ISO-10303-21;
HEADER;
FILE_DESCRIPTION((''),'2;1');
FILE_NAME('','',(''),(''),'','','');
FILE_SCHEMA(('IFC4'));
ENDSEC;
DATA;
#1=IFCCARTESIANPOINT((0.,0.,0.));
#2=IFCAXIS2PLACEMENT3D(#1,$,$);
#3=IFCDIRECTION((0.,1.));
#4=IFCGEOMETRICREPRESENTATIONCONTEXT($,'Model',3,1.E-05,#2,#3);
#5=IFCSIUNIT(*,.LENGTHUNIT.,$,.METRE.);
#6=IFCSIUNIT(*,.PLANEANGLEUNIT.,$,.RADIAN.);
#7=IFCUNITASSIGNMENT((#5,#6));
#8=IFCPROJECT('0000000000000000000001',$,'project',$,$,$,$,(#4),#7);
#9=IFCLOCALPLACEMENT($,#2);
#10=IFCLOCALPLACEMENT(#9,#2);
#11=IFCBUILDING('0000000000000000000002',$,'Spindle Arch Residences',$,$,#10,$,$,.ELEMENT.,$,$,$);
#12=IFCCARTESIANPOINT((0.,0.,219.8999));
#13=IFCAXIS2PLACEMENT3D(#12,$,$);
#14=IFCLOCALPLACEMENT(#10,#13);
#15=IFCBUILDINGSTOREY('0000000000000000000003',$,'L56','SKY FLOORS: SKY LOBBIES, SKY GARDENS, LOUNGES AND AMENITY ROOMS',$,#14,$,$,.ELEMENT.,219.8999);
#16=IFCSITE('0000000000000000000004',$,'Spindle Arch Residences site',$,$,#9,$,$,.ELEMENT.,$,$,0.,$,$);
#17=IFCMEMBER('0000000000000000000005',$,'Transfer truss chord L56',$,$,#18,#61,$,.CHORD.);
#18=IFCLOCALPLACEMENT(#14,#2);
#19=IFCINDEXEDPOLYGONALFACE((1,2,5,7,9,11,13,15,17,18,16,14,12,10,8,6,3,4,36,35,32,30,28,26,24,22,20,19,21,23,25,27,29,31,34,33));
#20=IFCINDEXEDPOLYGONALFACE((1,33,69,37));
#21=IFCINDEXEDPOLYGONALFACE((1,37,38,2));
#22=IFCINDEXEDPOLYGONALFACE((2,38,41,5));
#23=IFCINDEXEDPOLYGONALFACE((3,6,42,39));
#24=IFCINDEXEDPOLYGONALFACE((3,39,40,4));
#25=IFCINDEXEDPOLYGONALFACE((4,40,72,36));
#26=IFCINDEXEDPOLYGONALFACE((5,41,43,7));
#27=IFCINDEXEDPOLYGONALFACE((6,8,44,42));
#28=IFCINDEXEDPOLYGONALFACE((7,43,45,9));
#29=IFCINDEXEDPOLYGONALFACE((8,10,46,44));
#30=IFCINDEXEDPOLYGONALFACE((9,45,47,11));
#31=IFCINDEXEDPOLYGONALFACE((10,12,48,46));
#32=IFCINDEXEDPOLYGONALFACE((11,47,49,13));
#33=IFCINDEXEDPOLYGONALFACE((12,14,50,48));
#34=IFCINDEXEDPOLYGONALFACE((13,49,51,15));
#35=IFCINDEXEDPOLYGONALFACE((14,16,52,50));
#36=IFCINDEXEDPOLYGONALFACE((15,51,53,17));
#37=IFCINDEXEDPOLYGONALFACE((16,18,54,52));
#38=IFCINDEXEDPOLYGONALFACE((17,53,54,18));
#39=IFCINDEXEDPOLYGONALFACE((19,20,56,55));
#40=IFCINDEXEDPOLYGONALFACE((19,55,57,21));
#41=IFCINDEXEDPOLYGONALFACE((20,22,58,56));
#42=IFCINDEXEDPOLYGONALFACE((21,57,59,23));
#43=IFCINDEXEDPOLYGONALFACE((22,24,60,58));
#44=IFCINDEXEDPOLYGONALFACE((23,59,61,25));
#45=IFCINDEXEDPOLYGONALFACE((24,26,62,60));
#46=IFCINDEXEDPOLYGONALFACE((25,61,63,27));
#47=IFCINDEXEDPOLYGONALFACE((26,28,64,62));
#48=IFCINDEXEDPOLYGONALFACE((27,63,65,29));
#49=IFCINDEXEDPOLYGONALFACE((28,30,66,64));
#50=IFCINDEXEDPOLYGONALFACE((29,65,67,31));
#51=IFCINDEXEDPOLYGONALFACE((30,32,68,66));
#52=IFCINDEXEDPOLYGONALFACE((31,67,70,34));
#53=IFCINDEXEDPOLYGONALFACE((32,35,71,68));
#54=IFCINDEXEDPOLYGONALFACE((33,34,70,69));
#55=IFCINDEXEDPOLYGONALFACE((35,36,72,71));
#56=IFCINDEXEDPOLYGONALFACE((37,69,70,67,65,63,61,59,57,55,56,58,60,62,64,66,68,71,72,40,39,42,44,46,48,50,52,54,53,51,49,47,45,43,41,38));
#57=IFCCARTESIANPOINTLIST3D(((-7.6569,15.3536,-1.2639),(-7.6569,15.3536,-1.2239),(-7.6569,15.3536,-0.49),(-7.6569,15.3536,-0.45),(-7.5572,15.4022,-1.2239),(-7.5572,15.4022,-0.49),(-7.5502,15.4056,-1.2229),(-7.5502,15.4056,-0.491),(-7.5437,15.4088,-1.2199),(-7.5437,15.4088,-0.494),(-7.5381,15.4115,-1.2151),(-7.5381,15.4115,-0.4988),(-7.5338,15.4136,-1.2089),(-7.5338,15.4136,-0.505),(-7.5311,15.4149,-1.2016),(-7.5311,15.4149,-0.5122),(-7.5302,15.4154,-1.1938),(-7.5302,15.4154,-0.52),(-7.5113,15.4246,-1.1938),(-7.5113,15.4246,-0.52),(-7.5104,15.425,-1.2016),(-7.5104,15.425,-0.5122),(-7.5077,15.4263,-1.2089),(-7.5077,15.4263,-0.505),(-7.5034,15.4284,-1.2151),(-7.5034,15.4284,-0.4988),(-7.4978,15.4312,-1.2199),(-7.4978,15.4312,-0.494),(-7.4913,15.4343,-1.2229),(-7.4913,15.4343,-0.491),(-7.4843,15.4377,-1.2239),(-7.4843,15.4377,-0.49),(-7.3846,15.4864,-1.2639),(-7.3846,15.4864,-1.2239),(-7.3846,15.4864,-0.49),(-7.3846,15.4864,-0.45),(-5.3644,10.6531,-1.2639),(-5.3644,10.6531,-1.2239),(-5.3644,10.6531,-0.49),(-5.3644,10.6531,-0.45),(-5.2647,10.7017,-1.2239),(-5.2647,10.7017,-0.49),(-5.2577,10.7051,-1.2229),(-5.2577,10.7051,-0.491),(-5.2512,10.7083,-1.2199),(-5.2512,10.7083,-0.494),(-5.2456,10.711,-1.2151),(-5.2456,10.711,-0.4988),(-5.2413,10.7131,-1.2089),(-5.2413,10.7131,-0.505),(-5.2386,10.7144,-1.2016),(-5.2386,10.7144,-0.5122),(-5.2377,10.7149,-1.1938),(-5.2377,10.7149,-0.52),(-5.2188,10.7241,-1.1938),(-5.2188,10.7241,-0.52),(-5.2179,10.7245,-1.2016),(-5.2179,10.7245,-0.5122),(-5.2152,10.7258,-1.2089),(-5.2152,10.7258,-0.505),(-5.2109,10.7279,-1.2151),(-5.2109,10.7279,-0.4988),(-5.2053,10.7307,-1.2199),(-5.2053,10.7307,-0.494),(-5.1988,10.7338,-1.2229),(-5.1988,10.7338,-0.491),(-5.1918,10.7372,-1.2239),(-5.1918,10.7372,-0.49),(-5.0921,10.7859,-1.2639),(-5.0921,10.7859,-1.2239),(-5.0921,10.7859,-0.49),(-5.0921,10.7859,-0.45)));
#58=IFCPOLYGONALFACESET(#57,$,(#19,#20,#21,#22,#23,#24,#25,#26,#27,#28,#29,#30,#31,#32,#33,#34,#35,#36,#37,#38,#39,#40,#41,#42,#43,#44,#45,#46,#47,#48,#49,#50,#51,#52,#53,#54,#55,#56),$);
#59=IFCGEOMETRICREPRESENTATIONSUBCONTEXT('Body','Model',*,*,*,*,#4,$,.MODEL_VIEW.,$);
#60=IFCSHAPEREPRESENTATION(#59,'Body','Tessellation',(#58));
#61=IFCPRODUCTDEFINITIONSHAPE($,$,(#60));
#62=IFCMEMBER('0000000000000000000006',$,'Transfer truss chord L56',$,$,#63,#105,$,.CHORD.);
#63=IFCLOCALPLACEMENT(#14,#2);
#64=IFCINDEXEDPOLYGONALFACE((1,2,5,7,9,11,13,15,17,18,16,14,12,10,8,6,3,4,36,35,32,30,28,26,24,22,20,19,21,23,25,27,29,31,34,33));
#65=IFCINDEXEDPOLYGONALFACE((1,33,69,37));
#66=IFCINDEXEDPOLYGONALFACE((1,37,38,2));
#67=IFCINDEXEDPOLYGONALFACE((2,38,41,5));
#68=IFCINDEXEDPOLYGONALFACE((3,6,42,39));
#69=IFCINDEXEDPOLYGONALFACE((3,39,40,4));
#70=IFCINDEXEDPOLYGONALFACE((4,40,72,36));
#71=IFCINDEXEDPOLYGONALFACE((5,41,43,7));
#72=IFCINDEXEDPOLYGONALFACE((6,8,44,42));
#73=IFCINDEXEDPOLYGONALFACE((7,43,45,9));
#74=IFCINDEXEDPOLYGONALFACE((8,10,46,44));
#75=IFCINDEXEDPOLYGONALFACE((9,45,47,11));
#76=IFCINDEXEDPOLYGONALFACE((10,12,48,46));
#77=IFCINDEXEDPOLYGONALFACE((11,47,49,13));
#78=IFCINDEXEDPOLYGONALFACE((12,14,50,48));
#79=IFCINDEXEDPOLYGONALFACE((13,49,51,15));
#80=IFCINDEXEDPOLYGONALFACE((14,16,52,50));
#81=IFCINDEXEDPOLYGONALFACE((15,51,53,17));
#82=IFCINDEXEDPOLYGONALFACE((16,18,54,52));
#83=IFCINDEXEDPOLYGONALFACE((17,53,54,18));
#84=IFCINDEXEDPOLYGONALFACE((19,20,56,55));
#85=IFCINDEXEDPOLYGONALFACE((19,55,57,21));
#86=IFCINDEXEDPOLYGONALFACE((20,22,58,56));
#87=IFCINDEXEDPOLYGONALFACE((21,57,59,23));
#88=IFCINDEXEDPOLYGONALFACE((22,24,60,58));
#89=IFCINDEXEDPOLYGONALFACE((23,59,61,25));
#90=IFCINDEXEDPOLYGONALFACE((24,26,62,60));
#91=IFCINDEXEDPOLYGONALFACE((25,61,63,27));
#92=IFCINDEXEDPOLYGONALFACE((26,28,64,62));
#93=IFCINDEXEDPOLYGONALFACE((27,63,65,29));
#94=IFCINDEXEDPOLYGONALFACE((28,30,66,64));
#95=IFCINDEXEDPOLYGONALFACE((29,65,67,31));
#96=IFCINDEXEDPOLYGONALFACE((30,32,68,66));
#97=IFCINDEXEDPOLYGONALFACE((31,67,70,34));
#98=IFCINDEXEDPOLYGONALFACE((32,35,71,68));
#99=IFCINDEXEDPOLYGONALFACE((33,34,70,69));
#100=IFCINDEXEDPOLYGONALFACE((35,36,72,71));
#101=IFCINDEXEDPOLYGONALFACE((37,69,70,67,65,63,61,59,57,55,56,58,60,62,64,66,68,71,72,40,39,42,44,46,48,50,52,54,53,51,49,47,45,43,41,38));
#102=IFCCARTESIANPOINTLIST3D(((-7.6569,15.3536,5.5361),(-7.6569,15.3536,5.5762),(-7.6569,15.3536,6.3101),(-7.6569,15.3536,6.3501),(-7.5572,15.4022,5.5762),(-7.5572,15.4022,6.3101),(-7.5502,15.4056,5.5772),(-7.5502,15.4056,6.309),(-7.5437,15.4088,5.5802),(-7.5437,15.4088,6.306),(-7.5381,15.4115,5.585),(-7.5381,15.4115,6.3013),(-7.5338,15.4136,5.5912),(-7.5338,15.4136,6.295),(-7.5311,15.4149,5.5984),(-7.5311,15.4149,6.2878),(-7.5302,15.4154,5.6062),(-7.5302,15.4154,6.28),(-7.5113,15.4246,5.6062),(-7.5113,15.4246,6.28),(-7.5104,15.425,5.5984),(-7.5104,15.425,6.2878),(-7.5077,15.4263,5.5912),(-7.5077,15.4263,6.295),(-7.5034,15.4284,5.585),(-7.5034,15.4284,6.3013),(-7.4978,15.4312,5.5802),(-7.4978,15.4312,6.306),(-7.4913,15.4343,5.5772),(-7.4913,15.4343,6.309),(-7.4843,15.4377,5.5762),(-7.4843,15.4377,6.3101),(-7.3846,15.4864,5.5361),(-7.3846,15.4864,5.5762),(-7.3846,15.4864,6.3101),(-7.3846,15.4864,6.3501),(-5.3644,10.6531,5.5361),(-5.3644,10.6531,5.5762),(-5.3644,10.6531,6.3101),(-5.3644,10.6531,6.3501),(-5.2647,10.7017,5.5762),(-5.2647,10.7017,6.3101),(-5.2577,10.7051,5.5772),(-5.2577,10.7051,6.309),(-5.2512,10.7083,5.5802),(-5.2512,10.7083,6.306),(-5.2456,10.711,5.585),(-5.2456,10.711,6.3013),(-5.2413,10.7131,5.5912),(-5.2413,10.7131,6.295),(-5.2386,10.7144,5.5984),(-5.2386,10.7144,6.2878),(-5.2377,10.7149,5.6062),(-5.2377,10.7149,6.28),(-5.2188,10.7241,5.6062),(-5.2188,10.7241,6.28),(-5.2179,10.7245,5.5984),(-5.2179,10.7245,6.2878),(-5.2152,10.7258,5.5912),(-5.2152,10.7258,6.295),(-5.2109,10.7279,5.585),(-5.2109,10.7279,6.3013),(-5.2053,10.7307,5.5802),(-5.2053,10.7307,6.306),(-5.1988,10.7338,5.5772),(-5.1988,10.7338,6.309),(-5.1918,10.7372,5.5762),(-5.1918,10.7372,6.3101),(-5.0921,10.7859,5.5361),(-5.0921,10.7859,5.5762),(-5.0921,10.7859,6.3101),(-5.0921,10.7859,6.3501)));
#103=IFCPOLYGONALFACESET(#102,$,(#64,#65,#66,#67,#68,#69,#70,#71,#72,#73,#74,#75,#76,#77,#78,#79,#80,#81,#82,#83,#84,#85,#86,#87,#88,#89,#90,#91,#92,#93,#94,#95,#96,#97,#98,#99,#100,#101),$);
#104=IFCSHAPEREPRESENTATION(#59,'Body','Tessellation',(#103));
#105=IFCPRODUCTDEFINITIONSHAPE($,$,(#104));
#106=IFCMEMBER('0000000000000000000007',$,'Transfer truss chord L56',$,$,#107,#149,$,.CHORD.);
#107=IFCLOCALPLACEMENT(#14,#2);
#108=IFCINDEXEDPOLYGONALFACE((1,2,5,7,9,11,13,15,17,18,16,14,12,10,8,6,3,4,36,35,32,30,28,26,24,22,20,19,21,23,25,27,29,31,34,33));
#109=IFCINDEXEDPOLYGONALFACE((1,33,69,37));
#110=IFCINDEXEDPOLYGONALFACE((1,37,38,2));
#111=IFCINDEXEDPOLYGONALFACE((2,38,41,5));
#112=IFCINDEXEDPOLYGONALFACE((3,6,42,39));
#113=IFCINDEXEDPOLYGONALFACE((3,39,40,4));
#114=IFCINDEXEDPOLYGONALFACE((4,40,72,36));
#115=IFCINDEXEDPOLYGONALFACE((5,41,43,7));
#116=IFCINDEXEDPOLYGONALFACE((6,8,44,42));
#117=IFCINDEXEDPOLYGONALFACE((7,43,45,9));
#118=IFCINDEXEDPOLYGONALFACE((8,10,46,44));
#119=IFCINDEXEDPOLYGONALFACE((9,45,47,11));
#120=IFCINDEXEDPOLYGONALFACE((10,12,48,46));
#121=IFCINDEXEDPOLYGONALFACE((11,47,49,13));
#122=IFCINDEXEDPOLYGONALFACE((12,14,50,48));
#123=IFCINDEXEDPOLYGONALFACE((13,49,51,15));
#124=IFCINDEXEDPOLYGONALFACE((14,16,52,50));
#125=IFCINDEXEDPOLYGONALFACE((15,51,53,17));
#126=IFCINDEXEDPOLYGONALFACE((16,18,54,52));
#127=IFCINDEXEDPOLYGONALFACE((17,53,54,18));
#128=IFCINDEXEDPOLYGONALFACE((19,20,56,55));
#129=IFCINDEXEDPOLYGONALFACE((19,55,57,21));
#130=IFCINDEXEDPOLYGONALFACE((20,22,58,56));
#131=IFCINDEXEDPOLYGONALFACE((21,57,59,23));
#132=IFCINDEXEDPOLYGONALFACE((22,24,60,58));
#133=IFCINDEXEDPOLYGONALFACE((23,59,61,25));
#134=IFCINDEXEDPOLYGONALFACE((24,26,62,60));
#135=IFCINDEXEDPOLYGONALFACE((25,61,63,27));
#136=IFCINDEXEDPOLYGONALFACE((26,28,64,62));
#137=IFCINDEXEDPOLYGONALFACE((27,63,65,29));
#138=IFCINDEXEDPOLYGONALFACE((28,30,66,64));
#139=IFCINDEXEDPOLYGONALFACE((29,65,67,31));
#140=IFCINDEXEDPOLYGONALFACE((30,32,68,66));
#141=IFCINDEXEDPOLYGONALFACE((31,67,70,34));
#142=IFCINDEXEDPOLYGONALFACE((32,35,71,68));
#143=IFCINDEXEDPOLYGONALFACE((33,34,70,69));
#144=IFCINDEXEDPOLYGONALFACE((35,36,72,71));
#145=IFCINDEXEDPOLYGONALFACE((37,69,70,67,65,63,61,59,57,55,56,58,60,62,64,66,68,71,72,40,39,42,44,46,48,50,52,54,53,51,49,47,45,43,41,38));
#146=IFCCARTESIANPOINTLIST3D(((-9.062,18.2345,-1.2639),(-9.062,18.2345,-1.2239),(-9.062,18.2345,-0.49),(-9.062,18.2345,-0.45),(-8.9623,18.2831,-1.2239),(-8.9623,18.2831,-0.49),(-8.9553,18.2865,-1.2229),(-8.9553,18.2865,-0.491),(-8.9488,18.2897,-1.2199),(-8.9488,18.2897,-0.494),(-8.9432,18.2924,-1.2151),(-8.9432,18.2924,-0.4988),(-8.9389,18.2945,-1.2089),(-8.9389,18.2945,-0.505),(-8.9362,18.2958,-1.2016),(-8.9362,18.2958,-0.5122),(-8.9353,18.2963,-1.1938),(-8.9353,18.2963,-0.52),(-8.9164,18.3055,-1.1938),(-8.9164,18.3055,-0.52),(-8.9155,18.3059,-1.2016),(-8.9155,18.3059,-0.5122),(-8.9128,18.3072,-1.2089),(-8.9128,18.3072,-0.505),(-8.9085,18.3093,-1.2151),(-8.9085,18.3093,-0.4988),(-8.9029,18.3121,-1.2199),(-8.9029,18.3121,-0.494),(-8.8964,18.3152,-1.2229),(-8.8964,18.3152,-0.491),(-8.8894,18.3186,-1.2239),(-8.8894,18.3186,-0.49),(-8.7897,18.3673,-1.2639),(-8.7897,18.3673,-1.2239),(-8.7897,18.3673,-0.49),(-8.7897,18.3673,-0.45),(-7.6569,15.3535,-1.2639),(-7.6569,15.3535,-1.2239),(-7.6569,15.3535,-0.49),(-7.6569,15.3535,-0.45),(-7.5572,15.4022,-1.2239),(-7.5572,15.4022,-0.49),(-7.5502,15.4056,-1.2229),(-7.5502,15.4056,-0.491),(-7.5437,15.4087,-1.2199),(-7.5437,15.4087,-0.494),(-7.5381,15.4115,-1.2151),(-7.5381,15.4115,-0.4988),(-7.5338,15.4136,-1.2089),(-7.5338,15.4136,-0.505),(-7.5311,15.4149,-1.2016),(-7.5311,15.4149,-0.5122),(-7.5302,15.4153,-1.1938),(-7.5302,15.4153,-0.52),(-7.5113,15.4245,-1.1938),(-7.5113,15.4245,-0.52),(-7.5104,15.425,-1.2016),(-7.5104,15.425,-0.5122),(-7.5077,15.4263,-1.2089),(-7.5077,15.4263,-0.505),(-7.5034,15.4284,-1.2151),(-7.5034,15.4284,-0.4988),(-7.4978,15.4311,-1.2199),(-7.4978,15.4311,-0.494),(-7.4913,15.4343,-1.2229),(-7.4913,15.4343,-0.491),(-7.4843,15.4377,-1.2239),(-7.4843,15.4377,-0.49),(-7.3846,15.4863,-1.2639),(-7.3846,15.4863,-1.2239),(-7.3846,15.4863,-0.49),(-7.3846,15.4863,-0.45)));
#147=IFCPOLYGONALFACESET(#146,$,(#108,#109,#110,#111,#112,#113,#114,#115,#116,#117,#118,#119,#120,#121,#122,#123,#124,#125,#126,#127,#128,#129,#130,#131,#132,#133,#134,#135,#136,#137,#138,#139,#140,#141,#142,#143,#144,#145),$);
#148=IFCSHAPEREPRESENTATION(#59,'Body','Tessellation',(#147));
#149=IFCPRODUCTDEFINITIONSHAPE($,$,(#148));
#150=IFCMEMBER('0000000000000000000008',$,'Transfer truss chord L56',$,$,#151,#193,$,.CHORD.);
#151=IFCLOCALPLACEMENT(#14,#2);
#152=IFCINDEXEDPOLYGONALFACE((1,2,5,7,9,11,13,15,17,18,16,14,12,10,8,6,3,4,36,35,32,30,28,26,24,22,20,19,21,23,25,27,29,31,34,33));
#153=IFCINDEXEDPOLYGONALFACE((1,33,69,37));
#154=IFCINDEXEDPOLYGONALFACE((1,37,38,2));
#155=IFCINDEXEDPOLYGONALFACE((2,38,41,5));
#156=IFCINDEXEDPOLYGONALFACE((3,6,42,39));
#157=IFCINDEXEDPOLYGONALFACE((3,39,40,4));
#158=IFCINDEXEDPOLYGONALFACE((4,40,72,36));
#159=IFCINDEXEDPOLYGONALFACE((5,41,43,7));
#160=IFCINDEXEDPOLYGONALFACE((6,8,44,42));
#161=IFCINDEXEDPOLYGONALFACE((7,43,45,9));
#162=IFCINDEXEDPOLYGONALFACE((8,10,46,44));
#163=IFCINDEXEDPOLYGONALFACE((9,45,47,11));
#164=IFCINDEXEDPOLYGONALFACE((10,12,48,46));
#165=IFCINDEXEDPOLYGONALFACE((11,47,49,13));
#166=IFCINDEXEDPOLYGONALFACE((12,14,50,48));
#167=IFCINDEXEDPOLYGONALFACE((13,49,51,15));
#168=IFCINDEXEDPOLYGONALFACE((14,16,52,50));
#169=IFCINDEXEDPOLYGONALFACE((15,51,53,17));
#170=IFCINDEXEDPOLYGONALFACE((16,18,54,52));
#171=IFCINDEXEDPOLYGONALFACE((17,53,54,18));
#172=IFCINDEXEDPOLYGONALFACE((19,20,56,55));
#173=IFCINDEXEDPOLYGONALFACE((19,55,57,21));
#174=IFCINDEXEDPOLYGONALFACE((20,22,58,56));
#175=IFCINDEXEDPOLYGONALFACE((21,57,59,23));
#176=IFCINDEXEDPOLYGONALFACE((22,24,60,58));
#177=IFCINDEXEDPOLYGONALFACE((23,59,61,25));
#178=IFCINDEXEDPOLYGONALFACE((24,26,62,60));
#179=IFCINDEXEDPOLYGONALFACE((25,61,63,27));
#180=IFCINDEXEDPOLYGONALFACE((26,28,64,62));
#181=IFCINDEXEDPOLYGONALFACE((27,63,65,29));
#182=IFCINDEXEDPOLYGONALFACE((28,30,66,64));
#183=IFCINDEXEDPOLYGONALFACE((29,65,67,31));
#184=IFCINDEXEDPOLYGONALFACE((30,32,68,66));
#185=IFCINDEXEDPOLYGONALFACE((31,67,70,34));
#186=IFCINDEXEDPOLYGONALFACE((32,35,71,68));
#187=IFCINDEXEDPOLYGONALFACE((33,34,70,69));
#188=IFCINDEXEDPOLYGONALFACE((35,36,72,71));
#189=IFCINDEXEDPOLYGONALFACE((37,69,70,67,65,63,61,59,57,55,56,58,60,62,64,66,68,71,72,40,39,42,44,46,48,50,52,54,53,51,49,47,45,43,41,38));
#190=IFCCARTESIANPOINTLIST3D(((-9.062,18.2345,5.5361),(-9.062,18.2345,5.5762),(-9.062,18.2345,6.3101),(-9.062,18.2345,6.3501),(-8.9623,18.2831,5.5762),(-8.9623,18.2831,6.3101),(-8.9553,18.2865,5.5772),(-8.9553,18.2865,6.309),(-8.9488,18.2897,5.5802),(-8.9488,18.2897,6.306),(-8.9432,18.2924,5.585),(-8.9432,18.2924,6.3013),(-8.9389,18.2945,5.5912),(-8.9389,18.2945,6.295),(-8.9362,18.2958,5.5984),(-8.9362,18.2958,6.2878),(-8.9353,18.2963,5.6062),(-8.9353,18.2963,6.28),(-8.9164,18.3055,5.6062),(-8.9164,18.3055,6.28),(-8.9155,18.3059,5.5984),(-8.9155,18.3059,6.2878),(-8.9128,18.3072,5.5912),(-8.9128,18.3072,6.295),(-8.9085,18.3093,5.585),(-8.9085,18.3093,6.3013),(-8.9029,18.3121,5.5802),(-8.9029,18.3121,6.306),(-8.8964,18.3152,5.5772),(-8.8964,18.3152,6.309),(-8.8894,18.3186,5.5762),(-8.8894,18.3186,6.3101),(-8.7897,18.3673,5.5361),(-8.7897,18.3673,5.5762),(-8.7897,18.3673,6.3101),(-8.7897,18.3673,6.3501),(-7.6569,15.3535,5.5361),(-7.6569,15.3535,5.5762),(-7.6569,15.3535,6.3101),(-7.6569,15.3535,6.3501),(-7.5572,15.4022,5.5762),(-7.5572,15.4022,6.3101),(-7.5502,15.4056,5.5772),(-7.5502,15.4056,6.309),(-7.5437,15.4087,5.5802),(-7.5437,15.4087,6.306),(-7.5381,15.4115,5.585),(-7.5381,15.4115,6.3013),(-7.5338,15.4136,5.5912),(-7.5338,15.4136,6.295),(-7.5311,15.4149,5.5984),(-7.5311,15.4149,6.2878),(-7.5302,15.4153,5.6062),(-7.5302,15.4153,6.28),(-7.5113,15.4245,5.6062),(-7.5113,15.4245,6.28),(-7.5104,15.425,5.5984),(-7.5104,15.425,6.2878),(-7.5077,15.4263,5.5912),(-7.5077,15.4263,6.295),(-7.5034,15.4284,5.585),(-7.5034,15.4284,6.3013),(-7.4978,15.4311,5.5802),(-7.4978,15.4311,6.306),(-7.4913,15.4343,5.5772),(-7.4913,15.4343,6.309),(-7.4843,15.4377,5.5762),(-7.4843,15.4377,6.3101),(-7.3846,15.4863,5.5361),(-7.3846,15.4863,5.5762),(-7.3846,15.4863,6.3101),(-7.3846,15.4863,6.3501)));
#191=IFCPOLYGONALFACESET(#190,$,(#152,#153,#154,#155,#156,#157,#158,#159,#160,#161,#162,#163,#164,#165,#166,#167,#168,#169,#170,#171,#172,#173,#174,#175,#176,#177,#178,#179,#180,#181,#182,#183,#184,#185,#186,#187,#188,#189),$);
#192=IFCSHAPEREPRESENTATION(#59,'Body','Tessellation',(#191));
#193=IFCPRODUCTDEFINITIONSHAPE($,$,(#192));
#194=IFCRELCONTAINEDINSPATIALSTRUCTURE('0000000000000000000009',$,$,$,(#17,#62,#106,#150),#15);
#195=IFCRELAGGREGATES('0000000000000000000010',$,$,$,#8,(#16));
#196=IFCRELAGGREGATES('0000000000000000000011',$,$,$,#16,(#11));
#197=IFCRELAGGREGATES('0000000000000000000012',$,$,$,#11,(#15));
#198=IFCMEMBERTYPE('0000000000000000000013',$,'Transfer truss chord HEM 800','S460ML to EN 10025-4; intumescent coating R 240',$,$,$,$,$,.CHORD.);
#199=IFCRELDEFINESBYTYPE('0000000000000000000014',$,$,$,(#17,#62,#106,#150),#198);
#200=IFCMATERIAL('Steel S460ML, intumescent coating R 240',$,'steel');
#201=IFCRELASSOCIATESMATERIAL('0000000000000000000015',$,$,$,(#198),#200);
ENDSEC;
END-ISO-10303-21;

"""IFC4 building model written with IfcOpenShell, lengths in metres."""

from ifc_helpers import new_model, si_unit, direction, frame, origin, origin_2d, place, context, subcontext, project, spatial, i_section, extrude, material, material_profile, profile_set, type_object, element, save


model = new_model("IFC4")

# Units and contexts
model_context = context("Model", 3, precision=1e-05, world=origin(), true_north=direction((0.0, 1.0)))
body_context = subcontext(model_context, "Body", "Model", "MODEL_VIEW")
ifc_project = project(units=[si_unit("LENGTHUNIT", "METRE"), si_unit("PLANEANGLEUNIT", "RADIAN")], contexts=[model_context])

# Site, building, storey
site_placement = place(None, origin())
site = spatial("IfcSite", under=ifc_project, at=site_placement, Name="Spindle Arch Residences site", CompositionType="ELEMENT", RefElevation=0.0)
building_placement = place(site_placement, origin())
building = spatial("IfcBuilding", under=site, at=building_placement, Name="Spindle Arch Residences", CompositionType="ELEMENT")
storey_placement = place(building_placement, frame((0.0, 0.0, 219.8999)))
storey = spatial("IfcBuildingStorey", under=building, at=storey_placement, Name="L56", Description="SKY FLOORS: SKY LOBBIES, SKY GARDENS, LOUNGES AND AMENITY ROOMS", CompositionType="ELEMENT", Elevation=219.8999)

# Members
ifc_material_1 = material(Name="Steel S460ML, intumescent coating R 240", Category="steel")
ifc_material_profile_1 = material_profile(ifc_material_1, i_section(OverallWidth=0.303, OverallDepth=0.814, WebThickness=0.021, FlangeThickness=0.04, FilletRadius=0.03, at=origin_2d()), Name="HEM 800")
ifc_profile_set_1 = profile_set([ifc_material_profile_1], Name="Steel S460ML, intumescent coating R 240")
member_type_1 = type_object("IfcMemberType", Name="Transfer truss chord HEM 800", Description="S460ML to EN 10025-4; intumescent coating R 240", PredefinedType="CHORD", material=ifc_profile_set_1)
for number, where, z_axis, x_axis, name in (
    (1, (-5.2283, 10.7195, -0.8569), (-0.438359, 0.8988, 0.0), (-0.8988, -0.438359, 0.0), "Transfer truss chord L56"),
    (2, (-5.2283, 10.7195, 5.9431), (-0.438359, 0.8988, 0.0), (-0.8988, -0.438359, 0.0), "Transfer truss chord L56"),
):
    element("IfcMember", number, at=place(storey_placement, frame(where, z_axis=z_axis, x_axis=x_axis)), inside=storey, type_object=member_type_1, Name=name, PredefinedType="CHORD", context=body_context, shape_type="SweptSolid", body=[
        extrude(i_section(OverallWidth=0.303, OverallDepth=0.814, WebThickness=0.021, FlangeThickness=0.04, FilletRadius=0.03, at=origin_2d()), origin(), (0.0, 0.0, 1.0), 5.2297),
    ])
for number, where, z_axis, x_axis, name in (
    (3, (-7.5208, 15.4199, -0.8569), (-0.438356, 0.898801, 0.0), (-0.898801, -0.438356, 0.0), "Transfer truss chord L56"),
    (4, (-7.5208, 15.4199, 5.9431), (-0.438356, 0.898801, 0.0), (-0.898801, -0.438356, 0.0), "Transfer truss chord L56"),
):
    element("IfcMember", number, at=place(storey_placement, frame(where, z_axis=z_axis, x_axis=x_axis)), inside=storey, type_object=member_type_1, Name=name, PredefinedType="CHORD", context=body_context, shape_type="SweptSolid", body=[
        extrude(i_section(OverallWidth=0.303, OverallDepth=0.814, WebThickness=0.021, FlangeThickness=0.04, FilletRadius=0.03, at=origin_2d()), origin(), (0.0, 0.0, 1.0), 3.2053),
    ])

save(model, "model.ifc")
